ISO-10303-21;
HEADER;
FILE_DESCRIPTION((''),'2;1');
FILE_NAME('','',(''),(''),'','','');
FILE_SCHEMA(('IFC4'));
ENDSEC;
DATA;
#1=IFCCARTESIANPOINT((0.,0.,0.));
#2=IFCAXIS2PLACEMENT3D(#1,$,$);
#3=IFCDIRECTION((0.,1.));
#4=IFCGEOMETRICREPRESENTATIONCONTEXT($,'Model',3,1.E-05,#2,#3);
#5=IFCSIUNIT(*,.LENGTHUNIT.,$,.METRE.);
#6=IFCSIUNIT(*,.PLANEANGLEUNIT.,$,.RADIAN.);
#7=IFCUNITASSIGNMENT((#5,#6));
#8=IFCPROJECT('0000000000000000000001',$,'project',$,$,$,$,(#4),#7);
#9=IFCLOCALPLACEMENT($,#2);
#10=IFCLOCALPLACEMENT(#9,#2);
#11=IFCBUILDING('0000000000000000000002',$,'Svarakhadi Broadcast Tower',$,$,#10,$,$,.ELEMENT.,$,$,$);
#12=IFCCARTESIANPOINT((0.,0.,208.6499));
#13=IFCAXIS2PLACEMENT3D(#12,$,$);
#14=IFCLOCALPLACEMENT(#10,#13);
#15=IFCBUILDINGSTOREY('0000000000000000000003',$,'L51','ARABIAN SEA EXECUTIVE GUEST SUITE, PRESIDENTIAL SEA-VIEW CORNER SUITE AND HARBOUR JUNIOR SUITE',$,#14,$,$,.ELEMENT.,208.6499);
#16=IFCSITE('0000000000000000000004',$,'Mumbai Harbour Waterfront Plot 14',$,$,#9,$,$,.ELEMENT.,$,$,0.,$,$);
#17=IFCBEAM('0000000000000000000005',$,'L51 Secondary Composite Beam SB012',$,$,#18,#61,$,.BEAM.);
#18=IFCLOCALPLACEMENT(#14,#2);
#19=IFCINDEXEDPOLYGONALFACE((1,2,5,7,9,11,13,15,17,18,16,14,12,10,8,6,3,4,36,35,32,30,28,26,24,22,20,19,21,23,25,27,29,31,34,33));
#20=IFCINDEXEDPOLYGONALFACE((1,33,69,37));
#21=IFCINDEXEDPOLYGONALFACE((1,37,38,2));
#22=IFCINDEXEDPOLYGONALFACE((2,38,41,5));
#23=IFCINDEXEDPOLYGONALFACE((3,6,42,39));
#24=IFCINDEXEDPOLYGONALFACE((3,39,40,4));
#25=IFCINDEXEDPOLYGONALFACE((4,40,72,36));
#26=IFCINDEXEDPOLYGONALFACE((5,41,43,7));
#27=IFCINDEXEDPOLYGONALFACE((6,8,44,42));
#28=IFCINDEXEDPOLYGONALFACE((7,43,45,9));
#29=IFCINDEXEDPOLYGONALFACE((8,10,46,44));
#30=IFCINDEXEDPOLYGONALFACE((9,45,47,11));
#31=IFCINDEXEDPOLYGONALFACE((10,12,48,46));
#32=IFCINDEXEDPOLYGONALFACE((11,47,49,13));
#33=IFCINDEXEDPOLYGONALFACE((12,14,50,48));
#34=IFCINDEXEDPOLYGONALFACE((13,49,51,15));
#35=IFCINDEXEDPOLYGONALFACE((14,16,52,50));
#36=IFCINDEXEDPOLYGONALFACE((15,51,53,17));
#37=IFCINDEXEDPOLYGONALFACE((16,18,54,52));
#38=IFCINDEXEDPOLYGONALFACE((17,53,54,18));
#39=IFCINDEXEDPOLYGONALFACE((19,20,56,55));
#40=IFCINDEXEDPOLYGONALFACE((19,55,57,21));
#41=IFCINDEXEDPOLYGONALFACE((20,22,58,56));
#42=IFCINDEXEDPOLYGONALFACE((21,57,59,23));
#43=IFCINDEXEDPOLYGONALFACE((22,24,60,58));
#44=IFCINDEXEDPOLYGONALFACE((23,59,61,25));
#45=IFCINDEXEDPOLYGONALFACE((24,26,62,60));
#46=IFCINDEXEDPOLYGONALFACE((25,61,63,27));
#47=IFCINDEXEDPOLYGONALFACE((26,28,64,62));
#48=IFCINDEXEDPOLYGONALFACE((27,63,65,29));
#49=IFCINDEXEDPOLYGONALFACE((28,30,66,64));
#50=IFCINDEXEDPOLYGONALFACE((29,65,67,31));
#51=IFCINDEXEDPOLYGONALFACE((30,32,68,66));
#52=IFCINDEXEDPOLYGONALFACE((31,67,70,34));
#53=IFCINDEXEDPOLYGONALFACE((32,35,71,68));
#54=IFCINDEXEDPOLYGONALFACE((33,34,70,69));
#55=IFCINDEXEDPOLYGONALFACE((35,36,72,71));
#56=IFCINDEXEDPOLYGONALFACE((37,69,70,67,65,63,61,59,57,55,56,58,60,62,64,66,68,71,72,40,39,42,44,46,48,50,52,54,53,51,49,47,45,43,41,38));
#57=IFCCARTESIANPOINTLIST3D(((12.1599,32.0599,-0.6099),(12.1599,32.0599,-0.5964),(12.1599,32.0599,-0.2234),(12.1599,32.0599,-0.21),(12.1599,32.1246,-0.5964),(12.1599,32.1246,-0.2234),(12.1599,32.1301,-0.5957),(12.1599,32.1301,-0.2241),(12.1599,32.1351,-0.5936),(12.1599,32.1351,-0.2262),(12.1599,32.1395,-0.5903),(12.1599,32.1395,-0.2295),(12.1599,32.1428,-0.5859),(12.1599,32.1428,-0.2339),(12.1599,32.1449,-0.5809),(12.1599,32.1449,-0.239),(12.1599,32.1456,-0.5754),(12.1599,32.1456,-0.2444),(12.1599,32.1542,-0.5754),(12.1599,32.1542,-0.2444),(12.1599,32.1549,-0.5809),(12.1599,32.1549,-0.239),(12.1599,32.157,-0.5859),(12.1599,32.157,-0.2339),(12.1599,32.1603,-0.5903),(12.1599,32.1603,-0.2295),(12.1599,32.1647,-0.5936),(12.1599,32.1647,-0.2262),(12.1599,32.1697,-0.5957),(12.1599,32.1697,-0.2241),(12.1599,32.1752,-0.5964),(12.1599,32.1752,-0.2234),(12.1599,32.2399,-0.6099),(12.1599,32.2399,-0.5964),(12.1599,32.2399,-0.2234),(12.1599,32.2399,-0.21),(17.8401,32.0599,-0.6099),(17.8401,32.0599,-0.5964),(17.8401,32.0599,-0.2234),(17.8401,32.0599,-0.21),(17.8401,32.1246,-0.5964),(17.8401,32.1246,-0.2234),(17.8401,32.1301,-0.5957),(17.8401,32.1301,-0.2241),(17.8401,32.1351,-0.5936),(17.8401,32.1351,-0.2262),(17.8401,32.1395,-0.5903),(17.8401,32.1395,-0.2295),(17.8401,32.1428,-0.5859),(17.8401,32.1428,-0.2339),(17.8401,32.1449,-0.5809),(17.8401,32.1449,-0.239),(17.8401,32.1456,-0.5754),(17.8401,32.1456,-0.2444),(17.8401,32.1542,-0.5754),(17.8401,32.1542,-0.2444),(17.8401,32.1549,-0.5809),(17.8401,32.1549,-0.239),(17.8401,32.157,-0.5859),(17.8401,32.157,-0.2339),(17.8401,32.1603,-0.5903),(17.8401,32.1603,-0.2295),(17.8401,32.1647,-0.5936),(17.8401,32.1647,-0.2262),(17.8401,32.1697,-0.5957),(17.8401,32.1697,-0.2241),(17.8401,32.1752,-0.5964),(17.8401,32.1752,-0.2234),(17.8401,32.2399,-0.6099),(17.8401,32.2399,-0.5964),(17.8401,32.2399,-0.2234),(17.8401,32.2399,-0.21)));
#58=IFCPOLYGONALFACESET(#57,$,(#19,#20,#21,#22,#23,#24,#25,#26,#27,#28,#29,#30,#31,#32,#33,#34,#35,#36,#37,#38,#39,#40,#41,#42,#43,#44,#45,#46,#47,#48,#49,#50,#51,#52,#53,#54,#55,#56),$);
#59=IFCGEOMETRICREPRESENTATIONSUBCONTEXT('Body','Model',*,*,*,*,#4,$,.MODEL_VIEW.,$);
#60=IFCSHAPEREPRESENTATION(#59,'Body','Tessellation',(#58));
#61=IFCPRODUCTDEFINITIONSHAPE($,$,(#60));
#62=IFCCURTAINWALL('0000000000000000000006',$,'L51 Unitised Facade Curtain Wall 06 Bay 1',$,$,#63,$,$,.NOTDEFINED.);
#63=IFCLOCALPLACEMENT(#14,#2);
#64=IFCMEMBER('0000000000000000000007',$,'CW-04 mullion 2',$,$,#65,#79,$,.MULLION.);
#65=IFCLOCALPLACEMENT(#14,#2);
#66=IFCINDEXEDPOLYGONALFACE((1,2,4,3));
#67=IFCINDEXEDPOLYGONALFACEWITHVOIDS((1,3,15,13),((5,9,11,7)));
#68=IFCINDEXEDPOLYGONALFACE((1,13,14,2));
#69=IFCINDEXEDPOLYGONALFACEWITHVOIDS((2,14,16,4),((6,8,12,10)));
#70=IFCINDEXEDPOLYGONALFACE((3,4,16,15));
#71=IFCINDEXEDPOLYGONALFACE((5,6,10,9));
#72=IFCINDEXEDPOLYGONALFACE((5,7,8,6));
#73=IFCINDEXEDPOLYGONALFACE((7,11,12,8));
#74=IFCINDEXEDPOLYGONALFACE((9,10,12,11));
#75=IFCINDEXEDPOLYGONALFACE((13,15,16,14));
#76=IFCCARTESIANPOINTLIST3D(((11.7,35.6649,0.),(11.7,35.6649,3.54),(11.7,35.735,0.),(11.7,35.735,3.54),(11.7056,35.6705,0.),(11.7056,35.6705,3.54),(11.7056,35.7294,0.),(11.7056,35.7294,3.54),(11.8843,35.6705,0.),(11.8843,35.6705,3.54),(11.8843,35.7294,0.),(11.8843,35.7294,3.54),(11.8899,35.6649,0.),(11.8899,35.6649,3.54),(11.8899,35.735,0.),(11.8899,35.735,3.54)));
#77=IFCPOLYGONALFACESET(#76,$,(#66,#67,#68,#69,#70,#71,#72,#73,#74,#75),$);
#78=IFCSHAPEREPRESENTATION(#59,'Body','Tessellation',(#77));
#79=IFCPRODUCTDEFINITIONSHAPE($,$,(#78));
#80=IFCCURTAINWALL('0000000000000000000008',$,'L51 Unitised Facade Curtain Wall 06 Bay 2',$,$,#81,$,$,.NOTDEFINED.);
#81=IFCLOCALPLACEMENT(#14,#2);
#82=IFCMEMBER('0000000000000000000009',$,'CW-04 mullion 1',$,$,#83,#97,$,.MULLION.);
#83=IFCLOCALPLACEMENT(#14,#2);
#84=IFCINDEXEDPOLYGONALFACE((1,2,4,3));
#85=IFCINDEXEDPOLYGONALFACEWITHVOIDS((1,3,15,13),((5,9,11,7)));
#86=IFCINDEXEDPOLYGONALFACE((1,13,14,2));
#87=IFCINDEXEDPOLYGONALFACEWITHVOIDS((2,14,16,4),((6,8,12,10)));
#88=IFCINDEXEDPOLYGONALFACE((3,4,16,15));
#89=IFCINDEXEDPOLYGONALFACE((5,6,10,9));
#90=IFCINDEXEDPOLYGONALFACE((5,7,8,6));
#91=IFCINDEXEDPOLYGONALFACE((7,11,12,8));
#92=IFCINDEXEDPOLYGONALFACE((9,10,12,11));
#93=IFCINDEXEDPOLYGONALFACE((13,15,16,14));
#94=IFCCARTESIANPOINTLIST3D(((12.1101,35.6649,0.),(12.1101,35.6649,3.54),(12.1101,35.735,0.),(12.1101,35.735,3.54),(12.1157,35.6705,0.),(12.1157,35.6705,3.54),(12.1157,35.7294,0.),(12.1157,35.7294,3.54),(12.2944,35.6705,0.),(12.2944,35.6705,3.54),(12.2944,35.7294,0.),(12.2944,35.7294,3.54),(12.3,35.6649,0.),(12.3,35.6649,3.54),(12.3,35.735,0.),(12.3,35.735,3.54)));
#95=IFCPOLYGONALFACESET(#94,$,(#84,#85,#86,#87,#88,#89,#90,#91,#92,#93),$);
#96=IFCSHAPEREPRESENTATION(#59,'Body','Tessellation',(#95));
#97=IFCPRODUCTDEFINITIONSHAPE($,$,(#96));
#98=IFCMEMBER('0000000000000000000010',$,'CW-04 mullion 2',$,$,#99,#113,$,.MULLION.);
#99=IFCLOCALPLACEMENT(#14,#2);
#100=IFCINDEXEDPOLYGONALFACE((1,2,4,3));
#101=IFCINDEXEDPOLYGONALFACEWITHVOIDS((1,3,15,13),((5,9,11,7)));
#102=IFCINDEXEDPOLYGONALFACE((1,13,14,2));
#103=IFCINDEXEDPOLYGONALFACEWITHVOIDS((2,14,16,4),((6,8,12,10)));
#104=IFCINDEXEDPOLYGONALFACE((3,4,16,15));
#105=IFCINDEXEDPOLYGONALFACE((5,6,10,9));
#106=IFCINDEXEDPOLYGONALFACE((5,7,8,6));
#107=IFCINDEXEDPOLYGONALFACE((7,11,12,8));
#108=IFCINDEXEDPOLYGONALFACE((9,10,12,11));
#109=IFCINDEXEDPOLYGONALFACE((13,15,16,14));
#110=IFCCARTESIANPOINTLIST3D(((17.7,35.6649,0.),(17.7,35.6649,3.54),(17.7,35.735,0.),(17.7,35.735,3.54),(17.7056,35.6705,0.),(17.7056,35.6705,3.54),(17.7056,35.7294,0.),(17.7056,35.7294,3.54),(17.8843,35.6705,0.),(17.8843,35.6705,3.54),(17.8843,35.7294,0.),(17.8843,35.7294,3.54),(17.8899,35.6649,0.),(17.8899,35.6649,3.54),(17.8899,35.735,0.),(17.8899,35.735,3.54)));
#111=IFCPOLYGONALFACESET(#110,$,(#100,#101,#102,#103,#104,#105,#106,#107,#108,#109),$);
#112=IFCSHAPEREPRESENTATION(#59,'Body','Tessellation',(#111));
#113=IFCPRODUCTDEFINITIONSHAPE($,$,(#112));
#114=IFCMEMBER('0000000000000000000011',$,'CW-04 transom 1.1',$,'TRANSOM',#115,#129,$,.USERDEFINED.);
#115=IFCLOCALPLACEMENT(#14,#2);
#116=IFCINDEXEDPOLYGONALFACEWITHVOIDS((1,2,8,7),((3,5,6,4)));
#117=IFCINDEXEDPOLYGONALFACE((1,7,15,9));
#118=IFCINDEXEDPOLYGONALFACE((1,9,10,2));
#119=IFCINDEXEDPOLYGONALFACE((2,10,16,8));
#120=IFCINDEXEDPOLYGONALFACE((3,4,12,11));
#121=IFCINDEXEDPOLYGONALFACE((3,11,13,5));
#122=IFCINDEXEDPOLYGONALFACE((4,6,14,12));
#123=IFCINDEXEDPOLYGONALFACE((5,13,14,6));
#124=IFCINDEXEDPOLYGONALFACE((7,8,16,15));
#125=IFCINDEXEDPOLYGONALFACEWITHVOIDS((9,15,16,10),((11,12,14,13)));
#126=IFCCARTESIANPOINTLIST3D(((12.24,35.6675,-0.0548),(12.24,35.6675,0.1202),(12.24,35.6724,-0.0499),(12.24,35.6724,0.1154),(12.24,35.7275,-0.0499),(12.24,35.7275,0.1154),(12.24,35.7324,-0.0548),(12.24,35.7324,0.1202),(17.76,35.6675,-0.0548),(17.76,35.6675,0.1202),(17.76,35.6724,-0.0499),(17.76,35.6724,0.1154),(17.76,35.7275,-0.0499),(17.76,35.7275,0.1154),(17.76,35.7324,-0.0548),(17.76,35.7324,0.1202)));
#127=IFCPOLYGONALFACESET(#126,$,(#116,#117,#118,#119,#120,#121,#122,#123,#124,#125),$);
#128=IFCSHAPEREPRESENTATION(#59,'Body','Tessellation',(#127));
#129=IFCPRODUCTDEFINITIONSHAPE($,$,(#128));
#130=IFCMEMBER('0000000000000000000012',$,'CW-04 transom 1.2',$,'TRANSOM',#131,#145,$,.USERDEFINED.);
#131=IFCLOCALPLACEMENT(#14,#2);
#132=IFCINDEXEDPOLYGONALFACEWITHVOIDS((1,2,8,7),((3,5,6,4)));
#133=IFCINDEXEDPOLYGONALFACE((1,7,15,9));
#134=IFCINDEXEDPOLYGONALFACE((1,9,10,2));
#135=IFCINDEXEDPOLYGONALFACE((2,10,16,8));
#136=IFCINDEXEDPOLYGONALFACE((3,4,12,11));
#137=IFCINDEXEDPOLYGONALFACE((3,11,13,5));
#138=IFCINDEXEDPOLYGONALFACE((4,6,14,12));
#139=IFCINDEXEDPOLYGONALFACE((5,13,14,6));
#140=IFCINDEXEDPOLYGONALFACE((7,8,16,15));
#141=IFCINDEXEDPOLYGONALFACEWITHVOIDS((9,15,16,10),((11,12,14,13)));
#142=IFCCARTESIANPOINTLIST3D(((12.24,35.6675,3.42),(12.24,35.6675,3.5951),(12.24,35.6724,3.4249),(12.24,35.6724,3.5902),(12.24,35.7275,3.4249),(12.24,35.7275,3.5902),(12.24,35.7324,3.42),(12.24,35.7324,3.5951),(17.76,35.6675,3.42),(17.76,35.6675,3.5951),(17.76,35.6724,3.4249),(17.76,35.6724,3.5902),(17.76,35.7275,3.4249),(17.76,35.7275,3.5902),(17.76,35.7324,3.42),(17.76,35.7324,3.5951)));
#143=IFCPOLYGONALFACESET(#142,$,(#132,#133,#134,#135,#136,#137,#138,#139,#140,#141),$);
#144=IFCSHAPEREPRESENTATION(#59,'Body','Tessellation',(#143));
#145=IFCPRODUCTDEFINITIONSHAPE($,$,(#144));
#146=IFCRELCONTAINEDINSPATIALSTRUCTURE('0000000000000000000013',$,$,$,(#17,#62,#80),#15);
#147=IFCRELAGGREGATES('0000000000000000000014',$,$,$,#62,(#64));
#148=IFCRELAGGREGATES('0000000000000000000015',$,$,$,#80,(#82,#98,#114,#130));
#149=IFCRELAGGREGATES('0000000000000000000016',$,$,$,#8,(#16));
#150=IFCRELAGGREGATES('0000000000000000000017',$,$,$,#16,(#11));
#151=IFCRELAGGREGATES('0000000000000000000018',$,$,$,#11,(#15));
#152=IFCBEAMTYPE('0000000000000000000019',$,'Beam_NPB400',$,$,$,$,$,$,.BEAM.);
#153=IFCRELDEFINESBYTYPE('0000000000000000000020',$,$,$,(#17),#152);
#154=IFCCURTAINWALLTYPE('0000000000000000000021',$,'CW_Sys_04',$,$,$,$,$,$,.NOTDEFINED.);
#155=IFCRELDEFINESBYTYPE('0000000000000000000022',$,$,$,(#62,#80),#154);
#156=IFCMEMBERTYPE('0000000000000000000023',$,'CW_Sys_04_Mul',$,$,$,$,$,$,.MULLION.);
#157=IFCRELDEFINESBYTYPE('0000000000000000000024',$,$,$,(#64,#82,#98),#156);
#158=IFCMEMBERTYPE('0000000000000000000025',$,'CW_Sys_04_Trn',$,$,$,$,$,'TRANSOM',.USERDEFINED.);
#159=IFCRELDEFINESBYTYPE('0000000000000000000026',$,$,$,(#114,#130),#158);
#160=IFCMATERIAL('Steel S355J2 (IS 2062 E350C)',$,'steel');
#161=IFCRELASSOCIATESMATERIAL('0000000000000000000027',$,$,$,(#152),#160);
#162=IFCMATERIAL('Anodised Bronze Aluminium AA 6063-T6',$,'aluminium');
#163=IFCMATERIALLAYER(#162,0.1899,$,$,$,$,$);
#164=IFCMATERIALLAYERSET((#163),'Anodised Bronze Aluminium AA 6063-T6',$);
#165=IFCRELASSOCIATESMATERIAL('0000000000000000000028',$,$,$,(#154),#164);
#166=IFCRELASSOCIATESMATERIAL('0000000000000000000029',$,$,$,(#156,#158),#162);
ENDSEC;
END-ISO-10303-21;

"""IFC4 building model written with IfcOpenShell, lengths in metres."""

from ifc_helpers import new_model, si_unit, direction, frame, origin, origin_2d, place, context, subcontext, project, spatial, hollow_rectangle, i_section, extrude, material, layer, layer_set, material_profile, profile_set, type_object, element, aggregate, save


model = new_model("IFC4")

# Units and contexts
model_context = context("Model", 3, precision=1e-05, world=origin(), true_north=direction((0.0, 1.0)))
body_context = subcontext(model_context, "Body", "Model", "MODEL_VIEW")
ifc_project = project(units=[si_unit("LENGTHUNIT", "METRE"), si_unit("PLANEANGLEUNIT", "RADIAN")], contexts=[model_context])

# Site, building, storey
site_placement = place(None, origin())
site = spatial("IfcSite", under=ifc_project, at=site_placement, Name="Mumbai Harbour Waterfront Plot 14", CompositionType="ELEMENT", RefElevation=0.0)
building_placement = place(site_placement, origin())
building = spatial("IfcBuilding", under=site, at=building_placement, Name="Svarakhadi Broadcast Tower", CompositionType="ELEMENT")
storey_placement = place(building_placement, frame((0.0, 0.0, 208.6499)))
storey = spatial("IfcBuildingStorey", under=building, at=storey_placement, Name="L51", Description="ARABIAN SEA EXECUTIVE GUEST SUITE, PRESIDENTIAL SEA-VIEW CORNER SUITE AND HARBOUR JUNIOR SUITE", CompositionType="ELEMENT", Elevation=208.6499)

# Beam
ifc_material_1 = material(Name="Steel S355J2 (IS 2062 E350C)", Category="steel")
ifc_material_profile_1 = material_profile(ifc_material_1, i_section(OverallWidth=0.1799, OverallDepth=0.3999, WebThickness=0.0085, FlangeThickness=0.0134, FilletRadius=0.021, at=origin_2d()), Name="NPB 400x180x66")
ifc_profile_set_1 = profile_set([ifc_material_profile_1], Name="Steel S355J2 (IS 2062 E350C)")
beam_type_1 = type_object("IfcBeamType", Name="Beam_NPB400", PredefinedType="BEAM", material=ifc_profile_set_1)
for number, where, z_axis, x_axis, name in (
    (1, (12.1599, 32.1499, -0.4099), (1.0, 0.0, 0.0), (0.0, 1.0, 0.0), "L51 Secondary Composite Beam SB012"),
):
    element("IfcBeam", number, at=place(storey_placement, frame(where, z_axis=z_axis, x_axis=x_axis)), inside=storey, type_object=beam_type_1, Name=name, PredefinedType="BEAM", context=body_context, shape_type="SweptSolid", body=[
        extrude(i_section(OverallWidth=0.1799, OverallDepth=0.3999, WebThickness=0.0085, FlangeThickness=0.0134, FilletRadius=0.021, at=origin_2d()), origin(), (0.0, 0.0, 1.0), 5.6802),
    ])

# Curtain wall, member
ifc_material_2 = material(Name="Anodised Bronze Aluminium AA 6063-T6", Category="aluminium")
ifc_layer_1 = layer(ifc_material_2, 0.1899)
ifc_layer_set_1 = layer_set([ifc_layer_1], Name="Anodised Bronze Aluminium AA 6063-T6")
curtain_wall_type = type_object("IfcCurtainWallType", Name="CW_Sys_04", PredefinedType="NOTDEFINED", material=ifc_layer_set_1)
curtain_wall_1_placement = place(storey_placement, origin())
curtain_wall_1 = element("IfcCurtainWall", 2, at=curtain_wall_1_placement, inside=storey, type_object=curtain_wall_type, Name="L51 Unitised Facade Curtain Wall 06 Bay 1", PredefinedType="NOTDEFINED")
ifc_material_profile_2 = material_profile(ifc_material_2, hollow_rectangle(XDim=0.0701, YDim=0.1899, WallThickness=0.0056, at=origin_2d()), Name="ALU MULLION 190x70x6")
ifc_profile_set_2 = profile_set([ifc_material_profile_2], Name="Anodised Bronze Aluminium AA 6063-T6")
member_type_1 = type_object("IfcMemberType", Name="CW_Sys_04_Mul", PredefinedType="MULLION", material=ifc_profile_set_2)
member_1_placement = place(storey_placement, frame((11.7949, 35.7, 0.0), z_axis=(0.0, 0.0, 1.0), x_axis=(0.0, 1.0, 0.0)))
member_1 = element("IfcMember", 3, at=member_1_placement, type_object=member_type_1, Name="CW-04 mullion 2", PredefinedType="MULLION", context=body_context, shape_type="SweptSolid", body=[
    extrude(hollow_rectangle(XDim=0.0701, YDim=0.1899, WallThickness=0.0056, at=origin_2d()), origin(), (0.0, 0.0, 1.0), 3.54),
])

# Curtain wall, members
curtain_wall_2_placement = place(storey_placement, origin())
curtain_wall_2 = element("IfcCurtainWall", 4, at=curtain_wall_2_placement, inside=storey, type_object=curtain_wall_type, Name="L51 Unitised Facade Curtain Wall 06 Bay 2", PredefinedType="NOTDEFINED")
member_2_placement = place(storey_placement, frame((12.2051, 35.7, 0.0), z_axis=(0.0, 0.0, 1.0), x_axis=(0.0, 1.0, 0.0)))
member_2 = element("IfcMember", 5, at=member_2_placement, type_object=member_type_1, Name="CW-04 mullion 1", PredefinedType="MULLION", context=body_context, shape_type="SweptSolid", body=[
    extrude(hollow_rectangle(XDim=0.0701, YDim=0.1899, WallThickness=0.0056, at=origin_2d()), origin(), (0.0, 0.0, 1.0), 3.54),
])
member_3_placement = place(storey_placement, frame((17.7949, 35.7, 0.0), z_axis=(0.0, 0.0, 1.0), x_axis=(0.0, 1.0, 0.0)))
member_3 = element("IfcMember", 6, at=member_3_placement, type_object=member_type_1, Name="CW-04 mullion 2", PredefinedType="MULLION", context=body_context, shape_type="SweptSolid", body=[
    extrude(hollow_rectangle(XDim=0.0701, YDim=0.1899, WallThickness=0.0056, at=origin_2d()), origin(), (0.0, 0.0, 1.0), 3.54),
])
ifc_material_profile_3 = material_profile(ifc_material_2, hollow_rectangle(XDim=0.0649, YDim=0.175, WallThickness=0.0049, at=origin_2d()), Name="ALU TRANSOM 175x65x5")
ifc_profile_set_3 = profile_set([ifc_material_profile_3], Name="Anodised Bronze Aluminium AA 6063-T6")
member_type_2 = type_object("IfcMemberType", Name="CW_Sys_04_Trn", ElementType="TRANSOM", PredefinedType="USERDEFINED", material=ifc_profile_set_3)
member_4_placement = place(storey_placement, frame((12.24, 35.7, 0.0327), z_axis=(1.0, 0.0, 0.0), x_axis=(0.0, 1.0, 0.0)))
member_4 = element("IfcMember", 7, at=member_4_placement, type_object=member_type_2, Name="CW-04 transom 1.1", ObjectType="TRANSOM", PredefinedType="USERDEFINED", context=body_context, shape_type="SweptSolid", body=[
    extrude(hollow_rectangle(XDim=0.0649, YDim=0.175, WallThickness=0.0049, at=origin_2d()), origin(), (0.0, 0.0, 1.0), 5.52),
])
member_5_placement = place(storey_placement, frame((12.24, 35.7, 3.5076), z_axis=(1.0, 0.0, 0.0), x_axis=(0.0, 1.0, 0.0)))
member_5 = element("IfcMember", 8, at=member_5_placement, type_object=member_type_2, Name="CW-04 transom 1.2", ObjectType="TRANSOM", PredefinedType="USERDEFINED", context=body_context, shape_type="SweptSolid", body=[
    extrude(hollow_rectangle(XDim=0.0649, YDim=0.175, WallThickness=0.0049, at=origin_2d()), origin(), (0.0, 0.0, 1.0), 5.52),
])

aggregate(curtain_wall_1, [member_1])
aggregate(curtain_wall_2, [member_2, member_3, member_4, member_5])

save(model, "model.ifc")
